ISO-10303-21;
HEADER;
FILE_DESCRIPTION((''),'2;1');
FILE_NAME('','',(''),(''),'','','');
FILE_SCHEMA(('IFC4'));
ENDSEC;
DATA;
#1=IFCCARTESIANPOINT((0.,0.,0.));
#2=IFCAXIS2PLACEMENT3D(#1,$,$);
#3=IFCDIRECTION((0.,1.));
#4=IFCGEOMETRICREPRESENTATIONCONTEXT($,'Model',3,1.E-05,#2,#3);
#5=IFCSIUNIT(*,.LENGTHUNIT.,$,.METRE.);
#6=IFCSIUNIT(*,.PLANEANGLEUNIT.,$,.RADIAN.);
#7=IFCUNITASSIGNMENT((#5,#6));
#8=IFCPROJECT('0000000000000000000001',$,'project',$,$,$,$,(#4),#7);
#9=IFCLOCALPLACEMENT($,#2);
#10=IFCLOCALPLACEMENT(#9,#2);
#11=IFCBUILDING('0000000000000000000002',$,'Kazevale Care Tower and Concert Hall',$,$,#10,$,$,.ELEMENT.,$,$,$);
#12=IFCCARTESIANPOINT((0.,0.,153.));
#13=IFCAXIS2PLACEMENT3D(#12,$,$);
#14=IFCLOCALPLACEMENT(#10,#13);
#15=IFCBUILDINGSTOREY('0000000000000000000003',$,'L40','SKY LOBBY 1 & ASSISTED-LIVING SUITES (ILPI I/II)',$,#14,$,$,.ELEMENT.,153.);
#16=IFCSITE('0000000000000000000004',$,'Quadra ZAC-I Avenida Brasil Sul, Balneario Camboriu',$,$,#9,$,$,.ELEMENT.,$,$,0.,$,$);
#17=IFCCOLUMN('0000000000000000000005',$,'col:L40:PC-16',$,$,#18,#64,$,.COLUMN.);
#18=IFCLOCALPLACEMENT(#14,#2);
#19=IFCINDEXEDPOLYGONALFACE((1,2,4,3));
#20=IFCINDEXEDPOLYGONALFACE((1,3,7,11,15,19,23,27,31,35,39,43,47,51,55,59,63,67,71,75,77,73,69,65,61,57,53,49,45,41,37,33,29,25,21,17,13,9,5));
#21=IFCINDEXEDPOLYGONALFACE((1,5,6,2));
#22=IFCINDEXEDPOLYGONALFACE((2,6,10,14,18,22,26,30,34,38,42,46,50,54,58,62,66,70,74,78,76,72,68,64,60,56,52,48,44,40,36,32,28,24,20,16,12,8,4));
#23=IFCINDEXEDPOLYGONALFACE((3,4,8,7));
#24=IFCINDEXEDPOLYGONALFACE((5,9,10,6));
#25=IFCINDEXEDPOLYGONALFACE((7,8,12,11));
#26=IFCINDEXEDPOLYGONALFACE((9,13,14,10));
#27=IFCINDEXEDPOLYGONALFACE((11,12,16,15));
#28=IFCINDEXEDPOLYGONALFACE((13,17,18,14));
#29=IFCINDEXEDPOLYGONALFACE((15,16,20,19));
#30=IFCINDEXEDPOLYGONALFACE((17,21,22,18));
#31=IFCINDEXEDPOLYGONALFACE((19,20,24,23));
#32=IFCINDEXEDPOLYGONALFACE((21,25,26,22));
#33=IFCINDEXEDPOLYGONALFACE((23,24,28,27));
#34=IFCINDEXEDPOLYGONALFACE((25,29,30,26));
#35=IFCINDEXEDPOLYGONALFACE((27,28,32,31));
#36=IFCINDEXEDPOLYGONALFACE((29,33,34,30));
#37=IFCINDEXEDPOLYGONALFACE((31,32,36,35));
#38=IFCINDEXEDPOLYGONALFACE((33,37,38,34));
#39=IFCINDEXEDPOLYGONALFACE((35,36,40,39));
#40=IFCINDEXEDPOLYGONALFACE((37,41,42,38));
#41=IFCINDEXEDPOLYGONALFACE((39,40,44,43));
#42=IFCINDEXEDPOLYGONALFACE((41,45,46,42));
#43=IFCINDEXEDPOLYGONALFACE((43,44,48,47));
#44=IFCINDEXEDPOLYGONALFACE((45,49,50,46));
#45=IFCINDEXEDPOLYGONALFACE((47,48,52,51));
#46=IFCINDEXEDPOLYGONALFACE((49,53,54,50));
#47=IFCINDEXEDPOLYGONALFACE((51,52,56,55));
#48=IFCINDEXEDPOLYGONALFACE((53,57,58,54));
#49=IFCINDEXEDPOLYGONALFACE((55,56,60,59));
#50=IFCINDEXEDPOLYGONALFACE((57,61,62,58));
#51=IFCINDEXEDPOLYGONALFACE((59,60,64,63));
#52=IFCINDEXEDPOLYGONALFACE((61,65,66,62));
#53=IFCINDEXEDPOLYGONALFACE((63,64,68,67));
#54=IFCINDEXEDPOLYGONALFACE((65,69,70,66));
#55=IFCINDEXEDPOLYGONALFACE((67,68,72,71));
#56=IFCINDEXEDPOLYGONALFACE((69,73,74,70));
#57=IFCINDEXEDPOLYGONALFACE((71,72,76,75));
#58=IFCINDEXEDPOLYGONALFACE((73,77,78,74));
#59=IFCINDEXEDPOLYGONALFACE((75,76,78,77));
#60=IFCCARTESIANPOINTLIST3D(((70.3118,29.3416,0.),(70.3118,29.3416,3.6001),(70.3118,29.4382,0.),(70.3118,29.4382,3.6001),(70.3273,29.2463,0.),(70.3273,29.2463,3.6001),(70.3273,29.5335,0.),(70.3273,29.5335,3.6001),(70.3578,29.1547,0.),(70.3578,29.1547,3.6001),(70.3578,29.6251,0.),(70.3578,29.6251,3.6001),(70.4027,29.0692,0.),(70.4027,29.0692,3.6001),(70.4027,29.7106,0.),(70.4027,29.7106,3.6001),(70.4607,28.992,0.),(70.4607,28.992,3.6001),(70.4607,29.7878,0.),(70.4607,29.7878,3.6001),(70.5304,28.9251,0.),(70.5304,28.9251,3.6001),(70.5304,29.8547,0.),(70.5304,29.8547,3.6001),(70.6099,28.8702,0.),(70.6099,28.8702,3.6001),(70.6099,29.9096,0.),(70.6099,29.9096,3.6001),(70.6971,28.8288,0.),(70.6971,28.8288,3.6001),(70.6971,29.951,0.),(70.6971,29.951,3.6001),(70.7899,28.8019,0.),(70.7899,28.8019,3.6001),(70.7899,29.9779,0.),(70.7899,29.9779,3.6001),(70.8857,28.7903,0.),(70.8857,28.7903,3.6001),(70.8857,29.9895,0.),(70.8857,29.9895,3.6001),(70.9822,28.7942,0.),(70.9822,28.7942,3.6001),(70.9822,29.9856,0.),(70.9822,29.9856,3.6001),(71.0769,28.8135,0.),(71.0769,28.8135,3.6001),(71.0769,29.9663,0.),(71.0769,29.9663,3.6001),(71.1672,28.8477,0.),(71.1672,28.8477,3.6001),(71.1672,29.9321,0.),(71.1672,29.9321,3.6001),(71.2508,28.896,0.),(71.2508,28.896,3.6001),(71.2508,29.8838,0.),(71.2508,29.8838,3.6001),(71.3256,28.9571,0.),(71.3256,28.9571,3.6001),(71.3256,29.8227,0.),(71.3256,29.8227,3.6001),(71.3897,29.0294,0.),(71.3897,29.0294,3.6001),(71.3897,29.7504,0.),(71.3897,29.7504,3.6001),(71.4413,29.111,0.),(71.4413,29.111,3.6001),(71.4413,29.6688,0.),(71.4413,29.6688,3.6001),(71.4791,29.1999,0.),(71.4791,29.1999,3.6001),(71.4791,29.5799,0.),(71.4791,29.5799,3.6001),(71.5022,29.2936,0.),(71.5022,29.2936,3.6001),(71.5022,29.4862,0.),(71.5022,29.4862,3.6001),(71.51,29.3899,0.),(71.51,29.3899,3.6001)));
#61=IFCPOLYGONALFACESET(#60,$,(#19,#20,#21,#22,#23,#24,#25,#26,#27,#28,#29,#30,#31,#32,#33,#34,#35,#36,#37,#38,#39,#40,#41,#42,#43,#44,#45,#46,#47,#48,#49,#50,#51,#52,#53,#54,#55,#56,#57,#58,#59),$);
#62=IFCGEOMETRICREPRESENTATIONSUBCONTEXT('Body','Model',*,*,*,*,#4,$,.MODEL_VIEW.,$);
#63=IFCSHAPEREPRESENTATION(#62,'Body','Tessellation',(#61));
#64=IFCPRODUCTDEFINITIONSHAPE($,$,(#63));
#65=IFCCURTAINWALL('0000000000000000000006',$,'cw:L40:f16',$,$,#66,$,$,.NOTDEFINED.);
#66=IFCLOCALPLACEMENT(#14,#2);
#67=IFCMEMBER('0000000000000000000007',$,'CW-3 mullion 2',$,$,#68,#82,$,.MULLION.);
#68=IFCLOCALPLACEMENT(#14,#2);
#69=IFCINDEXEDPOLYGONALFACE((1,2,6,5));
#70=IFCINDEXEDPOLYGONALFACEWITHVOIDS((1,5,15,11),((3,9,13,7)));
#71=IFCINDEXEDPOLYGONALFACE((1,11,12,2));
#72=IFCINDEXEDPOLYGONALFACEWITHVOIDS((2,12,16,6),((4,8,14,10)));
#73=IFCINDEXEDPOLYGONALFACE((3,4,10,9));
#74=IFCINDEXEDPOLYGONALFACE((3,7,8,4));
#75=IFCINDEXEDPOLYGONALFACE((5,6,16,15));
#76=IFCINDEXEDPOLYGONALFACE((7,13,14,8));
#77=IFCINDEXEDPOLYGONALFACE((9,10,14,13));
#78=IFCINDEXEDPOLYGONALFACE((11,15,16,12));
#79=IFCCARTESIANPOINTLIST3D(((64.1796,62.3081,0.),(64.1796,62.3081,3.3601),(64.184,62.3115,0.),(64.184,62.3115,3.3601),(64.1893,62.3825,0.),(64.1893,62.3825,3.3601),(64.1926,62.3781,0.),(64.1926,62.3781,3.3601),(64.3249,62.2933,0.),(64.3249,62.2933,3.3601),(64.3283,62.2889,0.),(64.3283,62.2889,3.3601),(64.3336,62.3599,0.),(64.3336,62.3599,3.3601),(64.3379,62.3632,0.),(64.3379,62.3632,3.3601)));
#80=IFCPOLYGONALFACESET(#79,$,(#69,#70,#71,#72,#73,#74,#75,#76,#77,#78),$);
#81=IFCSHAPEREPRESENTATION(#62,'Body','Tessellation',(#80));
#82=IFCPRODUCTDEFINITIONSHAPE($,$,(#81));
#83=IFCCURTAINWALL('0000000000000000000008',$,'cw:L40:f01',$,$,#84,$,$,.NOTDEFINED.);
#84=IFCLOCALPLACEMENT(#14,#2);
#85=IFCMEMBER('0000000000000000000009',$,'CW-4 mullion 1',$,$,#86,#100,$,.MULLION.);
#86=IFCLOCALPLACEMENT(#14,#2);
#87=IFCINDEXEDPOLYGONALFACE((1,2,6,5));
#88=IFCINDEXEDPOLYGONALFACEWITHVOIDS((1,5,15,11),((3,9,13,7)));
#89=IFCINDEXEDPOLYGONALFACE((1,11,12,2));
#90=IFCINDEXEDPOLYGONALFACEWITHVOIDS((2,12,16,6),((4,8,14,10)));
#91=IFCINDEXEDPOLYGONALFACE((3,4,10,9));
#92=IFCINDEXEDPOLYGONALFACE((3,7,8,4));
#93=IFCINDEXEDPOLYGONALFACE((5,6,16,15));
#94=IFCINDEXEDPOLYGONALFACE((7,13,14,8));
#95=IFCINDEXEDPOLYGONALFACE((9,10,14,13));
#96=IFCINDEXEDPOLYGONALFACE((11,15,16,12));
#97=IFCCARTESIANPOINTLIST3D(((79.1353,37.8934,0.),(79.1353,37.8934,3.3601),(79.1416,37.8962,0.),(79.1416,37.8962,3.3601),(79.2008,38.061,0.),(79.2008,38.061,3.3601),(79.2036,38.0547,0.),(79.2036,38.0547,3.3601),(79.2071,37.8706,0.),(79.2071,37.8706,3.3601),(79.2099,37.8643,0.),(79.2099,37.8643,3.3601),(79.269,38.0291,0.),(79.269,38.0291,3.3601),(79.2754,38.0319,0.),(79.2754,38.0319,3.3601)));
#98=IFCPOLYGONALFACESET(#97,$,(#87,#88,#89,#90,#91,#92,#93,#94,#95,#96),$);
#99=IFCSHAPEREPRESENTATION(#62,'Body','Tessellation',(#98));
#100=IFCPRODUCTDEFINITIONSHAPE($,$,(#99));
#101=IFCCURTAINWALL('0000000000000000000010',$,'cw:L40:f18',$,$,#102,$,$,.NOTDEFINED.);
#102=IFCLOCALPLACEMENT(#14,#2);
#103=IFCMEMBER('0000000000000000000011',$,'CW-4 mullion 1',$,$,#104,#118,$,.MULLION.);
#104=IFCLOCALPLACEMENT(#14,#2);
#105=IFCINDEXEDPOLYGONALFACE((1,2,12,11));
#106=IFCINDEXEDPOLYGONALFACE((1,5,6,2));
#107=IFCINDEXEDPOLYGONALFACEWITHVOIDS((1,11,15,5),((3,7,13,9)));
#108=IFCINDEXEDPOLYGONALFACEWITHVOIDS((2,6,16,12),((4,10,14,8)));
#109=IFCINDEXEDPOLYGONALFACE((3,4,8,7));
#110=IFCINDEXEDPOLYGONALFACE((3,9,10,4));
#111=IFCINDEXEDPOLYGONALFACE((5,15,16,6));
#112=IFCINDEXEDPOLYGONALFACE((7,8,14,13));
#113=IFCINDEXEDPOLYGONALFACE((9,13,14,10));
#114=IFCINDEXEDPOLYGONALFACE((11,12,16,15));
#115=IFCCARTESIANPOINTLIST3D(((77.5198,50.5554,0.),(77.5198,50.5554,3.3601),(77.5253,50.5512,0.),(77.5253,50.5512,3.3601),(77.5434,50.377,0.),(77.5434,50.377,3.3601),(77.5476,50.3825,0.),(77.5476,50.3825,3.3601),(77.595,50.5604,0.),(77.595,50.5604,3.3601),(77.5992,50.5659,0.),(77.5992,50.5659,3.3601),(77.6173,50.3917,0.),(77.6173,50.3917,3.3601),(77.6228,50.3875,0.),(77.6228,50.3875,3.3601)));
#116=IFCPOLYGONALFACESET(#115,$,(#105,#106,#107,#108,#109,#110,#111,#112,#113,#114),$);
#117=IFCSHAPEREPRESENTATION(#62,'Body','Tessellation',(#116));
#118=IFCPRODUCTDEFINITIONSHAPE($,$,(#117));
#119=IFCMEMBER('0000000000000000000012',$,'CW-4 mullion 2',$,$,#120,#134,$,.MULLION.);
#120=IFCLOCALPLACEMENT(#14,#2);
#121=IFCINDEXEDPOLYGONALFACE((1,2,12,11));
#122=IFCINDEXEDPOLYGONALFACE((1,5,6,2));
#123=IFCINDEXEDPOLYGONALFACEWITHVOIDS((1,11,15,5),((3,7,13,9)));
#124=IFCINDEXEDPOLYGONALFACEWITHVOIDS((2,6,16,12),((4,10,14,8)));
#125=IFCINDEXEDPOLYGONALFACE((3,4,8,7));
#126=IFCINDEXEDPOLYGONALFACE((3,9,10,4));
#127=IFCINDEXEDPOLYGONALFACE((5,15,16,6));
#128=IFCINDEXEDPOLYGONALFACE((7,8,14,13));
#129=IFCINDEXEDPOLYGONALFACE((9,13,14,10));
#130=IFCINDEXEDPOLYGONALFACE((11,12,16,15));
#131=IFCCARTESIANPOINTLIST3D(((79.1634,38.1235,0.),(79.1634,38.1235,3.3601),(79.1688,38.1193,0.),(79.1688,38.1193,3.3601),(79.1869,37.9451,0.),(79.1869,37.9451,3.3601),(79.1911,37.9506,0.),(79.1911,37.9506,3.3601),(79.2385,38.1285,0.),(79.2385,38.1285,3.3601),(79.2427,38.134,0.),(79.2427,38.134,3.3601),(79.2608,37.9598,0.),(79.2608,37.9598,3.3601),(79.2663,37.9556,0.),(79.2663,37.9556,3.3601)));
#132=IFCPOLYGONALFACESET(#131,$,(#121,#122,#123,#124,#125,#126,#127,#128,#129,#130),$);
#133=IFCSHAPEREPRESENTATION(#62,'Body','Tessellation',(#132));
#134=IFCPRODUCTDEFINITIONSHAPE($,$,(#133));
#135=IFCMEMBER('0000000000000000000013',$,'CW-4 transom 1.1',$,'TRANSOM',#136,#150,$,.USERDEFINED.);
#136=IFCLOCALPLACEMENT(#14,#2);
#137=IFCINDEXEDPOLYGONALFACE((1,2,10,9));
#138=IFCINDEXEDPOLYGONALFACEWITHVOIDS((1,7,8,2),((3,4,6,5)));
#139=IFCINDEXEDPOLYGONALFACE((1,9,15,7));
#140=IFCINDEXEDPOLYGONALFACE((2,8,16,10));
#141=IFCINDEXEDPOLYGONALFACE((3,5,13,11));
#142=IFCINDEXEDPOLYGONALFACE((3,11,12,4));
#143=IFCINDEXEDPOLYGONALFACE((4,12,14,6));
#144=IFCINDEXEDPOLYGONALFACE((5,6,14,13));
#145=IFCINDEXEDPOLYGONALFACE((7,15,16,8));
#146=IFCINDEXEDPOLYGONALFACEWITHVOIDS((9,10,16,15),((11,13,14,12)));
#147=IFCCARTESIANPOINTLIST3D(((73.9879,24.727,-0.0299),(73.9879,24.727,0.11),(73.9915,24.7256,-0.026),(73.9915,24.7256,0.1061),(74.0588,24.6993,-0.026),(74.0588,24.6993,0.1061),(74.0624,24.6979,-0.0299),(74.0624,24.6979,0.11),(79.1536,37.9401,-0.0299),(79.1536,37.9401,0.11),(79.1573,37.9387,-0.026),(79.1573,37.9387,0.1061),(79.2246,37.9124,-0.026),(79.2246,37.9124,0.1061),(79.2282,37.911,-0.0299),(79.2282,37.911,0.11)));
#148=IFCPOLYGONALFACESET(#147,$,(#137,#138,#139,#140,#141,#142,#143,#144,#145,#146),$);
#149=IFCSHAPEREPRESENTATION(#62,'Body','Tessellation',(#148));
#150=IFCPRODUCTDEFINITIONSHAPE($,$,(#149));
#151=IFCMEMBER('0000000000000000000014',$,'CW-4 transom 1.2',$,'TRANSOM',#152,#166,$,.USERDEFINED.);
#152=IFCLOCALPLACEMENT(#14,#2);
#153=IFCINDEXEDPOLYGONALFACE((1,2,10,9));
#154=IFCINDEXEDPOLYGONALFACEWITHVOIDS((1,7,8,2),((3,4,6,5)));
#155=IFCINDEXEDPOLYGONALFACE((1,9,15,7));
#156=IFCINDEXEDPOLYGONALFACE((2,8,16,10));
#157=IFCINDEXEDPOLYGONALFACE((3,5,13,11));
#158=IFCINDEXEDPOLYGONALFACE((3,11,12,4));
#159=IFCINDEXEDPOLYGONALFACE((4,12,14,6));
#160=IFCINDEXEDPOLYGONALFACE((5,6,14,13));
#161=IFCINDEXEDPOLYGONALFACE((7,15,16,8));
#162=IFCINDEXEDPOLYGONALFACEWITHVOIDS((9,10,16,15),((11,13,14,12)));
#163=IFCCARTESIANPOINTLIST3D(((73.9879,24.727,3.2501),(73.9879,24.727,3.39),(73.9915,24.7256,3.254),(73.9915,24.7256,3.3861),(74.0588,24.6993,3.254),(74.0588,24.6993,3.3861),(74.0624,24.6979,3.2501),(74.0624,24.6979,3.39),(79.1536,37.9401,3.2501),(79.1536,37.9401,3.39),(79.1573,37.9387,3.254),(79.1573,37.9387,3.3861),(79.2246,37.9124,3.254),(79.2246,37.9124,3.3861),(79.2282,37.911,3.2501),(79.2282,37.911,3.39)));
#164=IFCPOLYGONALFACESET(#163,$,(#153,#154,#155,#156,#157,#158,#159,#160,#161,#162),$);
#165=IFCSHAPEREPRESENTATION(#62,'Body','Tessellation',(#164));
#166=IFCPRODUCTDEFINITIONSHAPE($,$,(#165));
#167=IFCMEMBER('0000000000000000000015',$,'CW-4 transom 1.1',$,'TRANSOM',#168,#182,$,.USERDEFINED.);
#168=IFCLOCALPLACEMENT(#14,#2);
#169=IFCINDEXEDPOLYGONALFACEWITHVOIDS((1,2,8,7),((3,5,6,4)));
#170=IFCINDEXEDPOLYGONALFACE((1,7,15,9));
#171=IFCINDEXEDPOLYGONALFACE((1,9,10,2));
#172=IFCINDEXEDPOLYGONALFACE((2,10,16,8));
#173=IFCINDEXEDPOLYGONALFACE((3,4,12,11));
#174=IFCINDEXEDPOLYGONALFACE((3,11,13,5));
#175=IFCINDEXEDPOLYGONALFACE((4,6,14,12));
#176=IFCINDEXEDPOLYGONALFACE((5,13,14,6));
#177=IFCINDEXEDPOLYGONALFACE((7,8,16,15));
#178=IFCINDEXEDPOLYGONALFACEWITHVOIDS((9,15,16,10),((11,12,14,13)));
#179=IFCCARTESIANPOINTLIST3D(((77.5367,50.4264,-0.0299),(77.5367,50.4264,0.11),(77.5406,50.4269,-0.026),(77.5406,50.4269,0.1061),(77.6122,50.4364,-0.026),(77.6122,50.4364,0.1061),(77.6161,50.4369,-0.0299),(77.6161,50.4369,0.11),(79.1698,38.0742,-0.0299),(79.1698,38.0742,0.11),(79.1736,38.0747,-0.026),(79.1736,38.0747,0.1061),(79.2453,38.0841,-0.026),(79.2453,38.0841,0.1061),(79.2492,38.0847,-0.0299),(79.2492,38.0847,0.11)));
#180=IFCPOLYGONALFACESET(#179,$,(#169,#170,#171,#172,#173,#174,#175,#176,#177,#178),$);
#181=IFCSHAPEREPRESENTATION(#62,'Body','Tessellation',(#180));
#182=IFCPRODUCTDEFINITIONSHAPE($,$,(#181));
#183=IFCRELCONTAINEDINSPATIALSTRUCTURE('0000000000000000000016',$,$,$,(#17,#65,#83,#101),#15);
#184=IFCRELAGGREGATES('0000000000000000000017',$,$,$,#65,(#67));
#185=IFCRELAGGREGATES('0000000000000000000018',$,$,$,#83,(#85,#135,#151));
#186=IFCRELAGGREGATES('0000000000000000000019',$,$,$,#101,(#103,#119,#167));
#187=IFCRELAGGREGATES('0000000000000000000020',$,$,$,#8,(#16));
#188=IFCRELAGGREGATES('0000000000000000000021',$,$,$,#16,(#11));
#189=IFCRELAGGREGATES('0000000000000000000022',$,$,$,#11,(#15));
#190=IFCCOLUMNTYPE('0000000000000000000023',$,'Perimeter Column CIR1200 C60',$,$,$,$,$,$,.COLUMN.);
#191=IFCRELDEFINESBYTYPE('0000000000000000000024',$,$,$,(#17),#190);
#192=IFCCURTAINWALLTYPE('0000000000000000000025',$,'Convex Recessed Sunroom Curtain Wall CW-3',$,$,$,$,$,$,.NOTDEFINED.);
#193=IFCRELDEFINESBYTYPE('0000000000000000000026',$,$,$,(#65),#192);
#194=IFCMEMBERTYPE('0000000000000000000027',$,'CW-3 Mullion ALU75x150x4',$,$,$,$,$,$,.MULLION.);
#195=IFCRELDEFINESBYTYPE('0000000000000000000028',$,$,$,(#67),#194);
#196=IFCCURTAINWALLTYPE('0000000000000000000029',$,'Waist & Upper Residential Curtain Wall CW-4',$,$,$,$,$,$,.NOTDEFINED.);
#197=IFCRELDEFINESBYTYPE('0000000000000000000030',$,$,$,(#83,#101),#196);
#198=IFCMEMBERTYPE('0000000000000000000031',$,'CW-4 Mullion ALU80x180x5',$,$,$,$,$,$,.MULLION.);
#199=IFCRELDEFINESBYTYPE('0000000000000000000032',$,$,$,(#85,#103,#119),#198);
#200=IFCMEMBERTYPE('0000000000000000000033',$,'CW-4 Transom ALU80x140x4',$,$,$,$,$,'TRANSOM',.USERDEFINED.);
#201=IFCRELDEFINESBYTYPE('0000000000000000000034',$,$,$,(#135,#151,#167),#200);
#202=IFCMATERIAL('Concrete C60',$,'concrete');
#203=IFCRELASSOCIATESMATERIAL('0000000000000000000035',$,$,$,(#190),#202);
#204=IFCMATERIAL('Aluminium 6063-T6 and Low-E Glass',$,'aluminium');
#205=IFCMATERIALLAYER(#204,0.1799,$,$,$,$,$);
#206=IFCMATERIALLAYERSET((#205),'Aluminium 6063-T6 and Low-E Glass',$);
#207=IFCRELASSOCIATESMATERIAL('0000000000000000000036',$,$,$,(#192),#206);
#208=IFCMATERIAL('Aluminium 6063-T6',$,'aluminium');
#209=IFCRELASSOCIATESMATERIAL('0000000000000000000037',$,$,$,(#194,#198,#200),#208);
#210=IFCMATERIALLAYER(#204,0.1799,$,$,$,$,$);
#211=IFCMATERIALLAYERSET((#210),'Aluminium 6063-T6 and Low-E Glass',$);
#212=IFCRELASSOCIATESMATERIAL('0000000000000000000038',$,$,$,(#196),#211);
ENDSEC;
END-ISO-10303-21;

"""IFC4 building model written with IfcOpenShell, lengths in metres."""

from ifc_helpers import new_model, si_unit, direction, frame, origin, origin_2d, place, context, subcontext, project, spatial, hollow_rectangle, circle, extrude, material, layer, layer_set, material_profile, profile_set, type_object, element, aggregate, save


model = new_model("IFC4")

# Units and contexts
model_context = context("Model", 3, precision=1e-05, world=origin(), true_north=direction((0.0, 1.0)))
body_context = subcontext(model_context, "Body", "Model", "MODEL_VIEW")
ifc_project = project(units=[si_unit("LENGTHUNIT", "METRE"), si_unit("PLANEANGLEUNIT", "RADIAN")], contexts=[model_context])

# Site, building, storey
site_placement = place(None, origin())
site = spatial("IfcSite", under=ifc_project, at=site_placement, Name="Quadra ZAC-I Avenida Brasil Sul, Balneario Camboriu", CompositionType="ELEMENT", RefElevation=0.0)
building_placement = place(site_placement, origin())
building = spatial("IfcBuilding", under=site, at=building_placement, Name="Kazevale Care Tower and Concert Hall", CompositionType="ELEMENT")
storey_placement = place(building_placement, frame((0.0, 0.0, 153.0)))
storey = spatial("IfcBuildingStorey", under=building, at=storey_placement, Name="L40", Description="SKY LOBBY 1 & ASSISTED-LIVING SUITES (ILPI I/II)", CompositionType="ELEMENT", Elevation=153.0)

# Column
ifc_material_1 = material(Name="Concrete C60", Category="concrete")
ifc_material_profile_1 = material_profile(ifc_material_1, circle(Radius=0.6001, at=origin_2d()), Name="RC-CIR1200")
ifc_profile_set_1 = profile_set([ifc_material_profile_1], Name="Concrete C60")
column_type = type_object("IfcColumnType", Name="Perimeter Column CIR1200 C60", PredefinedType="COLUMN", material=ifc_profile_set_1)
for number, where, z_axis, x_axis, name in (
    (1, (70.9099, 29.3899, 0.0), (0.0, 0.0, 1.0), (1.0, 0.0, 0.0), "col:L40:PC-16"),
):
    element("IfcColumn", number, at=place(storey_placement, frame(where, z_axis=z_axis, x_axis=x_axis)), inside=storey, type_object=column_type, Name=name, PredefinedType="COLUMN", context=body_context, shape_type="SweptSolid", body=[
        extrude(circle(Radius=0.6001, at=origin_2d()), origin(), (0.0, 0.0, 1.0), 3.6001),
    ])

# Curtain walls, members
ifc_material_2 = material(Name="Aluminium 6063-T6 and Low-E Glass", Category="aluminium")
ifc_layer_1 = layer(ifc_material_2, 0.1799)
ifc_layer_set_1 = layer_set([ifc_layer_1], Name="Aluminium 6063-T6 and Low-E Glass")
curtain_wall_type_1 = type_object("IfcCurtainWallType", Name="Convex Recessed Sunroom Curtain Wall CW-3", PredefinedType="NOTDEFINED", material=ifc_layer_set_1)
curtain_wall_1_placement = place(storey_placement, origin())
curtain_wall_1 = element("IfcCurtainWall", 2, at=curtain_wall_1_placement, inside=storey, type_object=curtain_wall_type_1, Name="cw:L40:f16", PredefinedType="NOTDEFINED")
ifc_material_3 = material(Name="Aluminium 6063-T6", Category="aluminium")
ifc_material_profile_2 = material_profile(ifc_material_3, hollow_rectangle(XDim=0.075, YDim=0.1499, WallThickness=0.0039, at=origin_2d()), Name="ALU75x150x4")
ifc_profile_set_2 = profile_set([ifc_material_profile_2], Name="Aluminium 6063-T6")
member_type_1 = type_object("IfcMemberType", Name="CW-3 Mullion ALU75x150x4", PredefinedType="MULLION", material=ifc_profile_set_2)
member_1_placement = place(storey_placement, frame((64.2588, 62.3357, 0.0), z_axis=(0.0, 0.0, 1.0), x_axis=(0.1283, 0.991735, 0.0)))
member_1 = element("IfcMember", 3, at=member_1_placement, type_object=member_type_1, Name="CW-3 mullion 2", PredefinedType="MULLION", context=body_context, shape_type="SweptSolid", body=[
    extrude(hollow_rectangle(XDim=0.075, YDim=0.1499, WallThickness=0.0039, at=origin_2d()), origin(), (0.0, 0.0, 1.0), 3.3601),
])
ifc_layer_2 = layer(ifc_material_2, 0.1799)
ifc_layer_set_2 = layer_set([ifc_layer_2], Name="Aluminium 6063-T6 and Low-E Glass")
curtain_wall_type_2 = type_object("IfcCurtainWallType", Name="Waist & Upper Residential Curtain Wall CW-4", PredefinedType="NOTDEFINED", material=ifc_layer_set_2)
curtain_wall_2_placement = place(storey_placement, origin())
curtain_wall_2 = element("IfcCurtainWall", 4, at=curtain_wall_2_placement, inside=storey, type_object=curtain_wall_type_2, Name="cw:L40:f01", PredefinedType="NOTDEFINED")
ifc_material_profile_3 = material_profile(ifc_material_3, hollow_rectangle(XDim=0.0801, YDim=0.1799, WallThickness=0.0049, at=origin_2d()), Name="ALU80x180x5")
ifc_profile_set_3 = profile_set([ifc_material_profile_3], Name="Aluminium 6063-T6")
member_type_2 = type_object("IfcMemberType", Name="CW-4 Mullion ALU80x180x5", PredefinedType="MULLION", material=ifc_profile_set_3)
member_2_placement = place(storey_placement, frame((79.2053, 37.9626, 0.0), z_axis=(0.0, 0.0, 1.0), x_axis=(0.931352, -0.364121, 0.0)))
member_2 = element("IfcMember", 5, at=member_2_placement, type_object=member_type_2, Name="CW-4 mullion 1", PredefinedType="MULLION", context=body_context, shape_type="SweptSolid", body=[
    extrude(hollow_rectangle(XDim=0.0801, YDim=0.1799, WallThickness=0.0049, at=origin_2d()), origin(), (0.0, 0.0, 1.0), 3.3601),
])

# Curtain wall, members
curtain_wall_3_placement = place(storey_placement, origin())
curtain_wall_3 = element("IfcCurtainWall", 6, at=curtain_wall_3_placement, inside=storey, type_object=curtain_wall_type_2, Name="cw:L40:f18", PredefinedType="NOTDEFINED")
member_3_placement = place(storey_placement, frame((77.5713, 50.4714, 0.0), z_axis=(0.0, 0.0, 1.0), x_axis=(0.991374, 0.131063, 0.0)))
member_3 = element("IfcMember", 7, at=member_3_placement, type_object=member_type_2, Name="CW-4 mullion 1", PredefinedType="MULLION", context=body_context, shape_type="SweptSolid", body=[
    extrude(hollow_rectangle(XDim=0.0801, YDim=0.1799, WallThickness=0.0049, at=origin_2d()), origin(), (0.0, 0.0, 1.0), 3.3601),
])
member_4_placement = place(storey_placement, frame((79.2148, 38.0396, 0.0), z_axis=(0.0, 0.0, 1.0), x_axis=(0.991374, 0.131063, 0.0)))
member_4 = element("IfcMember", 8, at=member_4_placement, type_object=member_type_2, Name="CW-4 mullion 2", PredefinedType="MULLION", context=body_context, shape_type="SweptSolid", body=[
    extrude(hollow_rectangle(XDim=0.0801, YDim=0.1799, WallThickness=0.0049, at=origin_2d()), origin(), (0.0, 0.0, 1.0), 3.3601),
])

# Members
ifc_material_profile_4 = material_profile(ifc_material_3, hollow_rectangle(XDim=0.0801, YDim=0.1399, WallThickness=0.0039, at=origin_2d()), Name="ALU80x140x4")
ifc_profile_set_4 = profile_set([ifc_material_profile_4], Name="Aluminium 6063-T6")
member_type_3 = type_object("IfcMemberType", Name="CW-4 Transom ALU80x140x4", ElementType="TRANSOM", PredefinedType="USERDEFINED", material=ifc_profile_set_4)
member_5_placement = place(storey_placement, frame((79.1909, 37.9255, 0.04), z_axis=(-0.364119, -0.931352, 0.0), x_axis=(0.931352, -0.364119, 0.0)))
member_5 = element("IfcMember", 9, at=member_5_placement, type_object=member_type_3, Name="CW-4 transom 1.1", ObjectType="TRANSOM", PredefinedType="USERDEFINED", context=body_context, shape_type="SweptSolid", body=[
    extrude(hollow_rectangle(XDim=0.0801, YDim=0.1399, WallThickness=0.0039, at=origin_2d()), origin(), (0.0, 0.0, 1.0), 14.187),
])
member_6_placement = place(storey_placement, frame((79.1909, 37.9255, 3.3201), z_axis=(-0.364119, -0.931352, 0.0), x_axis=(0.931352, -0.364119, 0.0)))
member_6 = element("IfcMember", 10, at=member_6_placement, type_object=member_type_3, Name="CW-4 transom 1.2", ObjectType="TRANSOM", PredefinedType="USERDEFINED", context=body_context, shape_type="SweptSolid", body=[
    extrude(hollow_rectangle(XDim=0.0801, YDim=0.1399, WallThickness=0.0039, at=origin_2d()), origin(), (0.0, 0.0, 1.0), 14.187),
])
member_7_placement = place(storey_placement, frame((77.5764, 50.4316, 0.04), z_axis=(0.131066, -0.991374, 0.0), x_axis=(0.991374, 0.131066, 0.0)))
member_7 = element("IfcMember", 11, at=member_7_placement, type_object=member_type_3, Name="CW-4 transom 1.1", ObjectType="TRANSOM", PredefinedType="USERDEFINED", context=body_context, shape_type="SweptSolid", body=[
    extrude(hollow_rectangle(XDim=0.0801, YDim=0.1399, WallThickness=0.0039, at=origin_2d()), origin(), (0.0, 0.0, 1.0), 12.4597),
])

aggregate(curtain_wall_1, [member_1])
aggregate(curtain_wall_2, [member_2, member_5, member_6])
aggregate(curtain_wall_3, [member_3, member_4, member_7])

save(model, "model.ifc")
